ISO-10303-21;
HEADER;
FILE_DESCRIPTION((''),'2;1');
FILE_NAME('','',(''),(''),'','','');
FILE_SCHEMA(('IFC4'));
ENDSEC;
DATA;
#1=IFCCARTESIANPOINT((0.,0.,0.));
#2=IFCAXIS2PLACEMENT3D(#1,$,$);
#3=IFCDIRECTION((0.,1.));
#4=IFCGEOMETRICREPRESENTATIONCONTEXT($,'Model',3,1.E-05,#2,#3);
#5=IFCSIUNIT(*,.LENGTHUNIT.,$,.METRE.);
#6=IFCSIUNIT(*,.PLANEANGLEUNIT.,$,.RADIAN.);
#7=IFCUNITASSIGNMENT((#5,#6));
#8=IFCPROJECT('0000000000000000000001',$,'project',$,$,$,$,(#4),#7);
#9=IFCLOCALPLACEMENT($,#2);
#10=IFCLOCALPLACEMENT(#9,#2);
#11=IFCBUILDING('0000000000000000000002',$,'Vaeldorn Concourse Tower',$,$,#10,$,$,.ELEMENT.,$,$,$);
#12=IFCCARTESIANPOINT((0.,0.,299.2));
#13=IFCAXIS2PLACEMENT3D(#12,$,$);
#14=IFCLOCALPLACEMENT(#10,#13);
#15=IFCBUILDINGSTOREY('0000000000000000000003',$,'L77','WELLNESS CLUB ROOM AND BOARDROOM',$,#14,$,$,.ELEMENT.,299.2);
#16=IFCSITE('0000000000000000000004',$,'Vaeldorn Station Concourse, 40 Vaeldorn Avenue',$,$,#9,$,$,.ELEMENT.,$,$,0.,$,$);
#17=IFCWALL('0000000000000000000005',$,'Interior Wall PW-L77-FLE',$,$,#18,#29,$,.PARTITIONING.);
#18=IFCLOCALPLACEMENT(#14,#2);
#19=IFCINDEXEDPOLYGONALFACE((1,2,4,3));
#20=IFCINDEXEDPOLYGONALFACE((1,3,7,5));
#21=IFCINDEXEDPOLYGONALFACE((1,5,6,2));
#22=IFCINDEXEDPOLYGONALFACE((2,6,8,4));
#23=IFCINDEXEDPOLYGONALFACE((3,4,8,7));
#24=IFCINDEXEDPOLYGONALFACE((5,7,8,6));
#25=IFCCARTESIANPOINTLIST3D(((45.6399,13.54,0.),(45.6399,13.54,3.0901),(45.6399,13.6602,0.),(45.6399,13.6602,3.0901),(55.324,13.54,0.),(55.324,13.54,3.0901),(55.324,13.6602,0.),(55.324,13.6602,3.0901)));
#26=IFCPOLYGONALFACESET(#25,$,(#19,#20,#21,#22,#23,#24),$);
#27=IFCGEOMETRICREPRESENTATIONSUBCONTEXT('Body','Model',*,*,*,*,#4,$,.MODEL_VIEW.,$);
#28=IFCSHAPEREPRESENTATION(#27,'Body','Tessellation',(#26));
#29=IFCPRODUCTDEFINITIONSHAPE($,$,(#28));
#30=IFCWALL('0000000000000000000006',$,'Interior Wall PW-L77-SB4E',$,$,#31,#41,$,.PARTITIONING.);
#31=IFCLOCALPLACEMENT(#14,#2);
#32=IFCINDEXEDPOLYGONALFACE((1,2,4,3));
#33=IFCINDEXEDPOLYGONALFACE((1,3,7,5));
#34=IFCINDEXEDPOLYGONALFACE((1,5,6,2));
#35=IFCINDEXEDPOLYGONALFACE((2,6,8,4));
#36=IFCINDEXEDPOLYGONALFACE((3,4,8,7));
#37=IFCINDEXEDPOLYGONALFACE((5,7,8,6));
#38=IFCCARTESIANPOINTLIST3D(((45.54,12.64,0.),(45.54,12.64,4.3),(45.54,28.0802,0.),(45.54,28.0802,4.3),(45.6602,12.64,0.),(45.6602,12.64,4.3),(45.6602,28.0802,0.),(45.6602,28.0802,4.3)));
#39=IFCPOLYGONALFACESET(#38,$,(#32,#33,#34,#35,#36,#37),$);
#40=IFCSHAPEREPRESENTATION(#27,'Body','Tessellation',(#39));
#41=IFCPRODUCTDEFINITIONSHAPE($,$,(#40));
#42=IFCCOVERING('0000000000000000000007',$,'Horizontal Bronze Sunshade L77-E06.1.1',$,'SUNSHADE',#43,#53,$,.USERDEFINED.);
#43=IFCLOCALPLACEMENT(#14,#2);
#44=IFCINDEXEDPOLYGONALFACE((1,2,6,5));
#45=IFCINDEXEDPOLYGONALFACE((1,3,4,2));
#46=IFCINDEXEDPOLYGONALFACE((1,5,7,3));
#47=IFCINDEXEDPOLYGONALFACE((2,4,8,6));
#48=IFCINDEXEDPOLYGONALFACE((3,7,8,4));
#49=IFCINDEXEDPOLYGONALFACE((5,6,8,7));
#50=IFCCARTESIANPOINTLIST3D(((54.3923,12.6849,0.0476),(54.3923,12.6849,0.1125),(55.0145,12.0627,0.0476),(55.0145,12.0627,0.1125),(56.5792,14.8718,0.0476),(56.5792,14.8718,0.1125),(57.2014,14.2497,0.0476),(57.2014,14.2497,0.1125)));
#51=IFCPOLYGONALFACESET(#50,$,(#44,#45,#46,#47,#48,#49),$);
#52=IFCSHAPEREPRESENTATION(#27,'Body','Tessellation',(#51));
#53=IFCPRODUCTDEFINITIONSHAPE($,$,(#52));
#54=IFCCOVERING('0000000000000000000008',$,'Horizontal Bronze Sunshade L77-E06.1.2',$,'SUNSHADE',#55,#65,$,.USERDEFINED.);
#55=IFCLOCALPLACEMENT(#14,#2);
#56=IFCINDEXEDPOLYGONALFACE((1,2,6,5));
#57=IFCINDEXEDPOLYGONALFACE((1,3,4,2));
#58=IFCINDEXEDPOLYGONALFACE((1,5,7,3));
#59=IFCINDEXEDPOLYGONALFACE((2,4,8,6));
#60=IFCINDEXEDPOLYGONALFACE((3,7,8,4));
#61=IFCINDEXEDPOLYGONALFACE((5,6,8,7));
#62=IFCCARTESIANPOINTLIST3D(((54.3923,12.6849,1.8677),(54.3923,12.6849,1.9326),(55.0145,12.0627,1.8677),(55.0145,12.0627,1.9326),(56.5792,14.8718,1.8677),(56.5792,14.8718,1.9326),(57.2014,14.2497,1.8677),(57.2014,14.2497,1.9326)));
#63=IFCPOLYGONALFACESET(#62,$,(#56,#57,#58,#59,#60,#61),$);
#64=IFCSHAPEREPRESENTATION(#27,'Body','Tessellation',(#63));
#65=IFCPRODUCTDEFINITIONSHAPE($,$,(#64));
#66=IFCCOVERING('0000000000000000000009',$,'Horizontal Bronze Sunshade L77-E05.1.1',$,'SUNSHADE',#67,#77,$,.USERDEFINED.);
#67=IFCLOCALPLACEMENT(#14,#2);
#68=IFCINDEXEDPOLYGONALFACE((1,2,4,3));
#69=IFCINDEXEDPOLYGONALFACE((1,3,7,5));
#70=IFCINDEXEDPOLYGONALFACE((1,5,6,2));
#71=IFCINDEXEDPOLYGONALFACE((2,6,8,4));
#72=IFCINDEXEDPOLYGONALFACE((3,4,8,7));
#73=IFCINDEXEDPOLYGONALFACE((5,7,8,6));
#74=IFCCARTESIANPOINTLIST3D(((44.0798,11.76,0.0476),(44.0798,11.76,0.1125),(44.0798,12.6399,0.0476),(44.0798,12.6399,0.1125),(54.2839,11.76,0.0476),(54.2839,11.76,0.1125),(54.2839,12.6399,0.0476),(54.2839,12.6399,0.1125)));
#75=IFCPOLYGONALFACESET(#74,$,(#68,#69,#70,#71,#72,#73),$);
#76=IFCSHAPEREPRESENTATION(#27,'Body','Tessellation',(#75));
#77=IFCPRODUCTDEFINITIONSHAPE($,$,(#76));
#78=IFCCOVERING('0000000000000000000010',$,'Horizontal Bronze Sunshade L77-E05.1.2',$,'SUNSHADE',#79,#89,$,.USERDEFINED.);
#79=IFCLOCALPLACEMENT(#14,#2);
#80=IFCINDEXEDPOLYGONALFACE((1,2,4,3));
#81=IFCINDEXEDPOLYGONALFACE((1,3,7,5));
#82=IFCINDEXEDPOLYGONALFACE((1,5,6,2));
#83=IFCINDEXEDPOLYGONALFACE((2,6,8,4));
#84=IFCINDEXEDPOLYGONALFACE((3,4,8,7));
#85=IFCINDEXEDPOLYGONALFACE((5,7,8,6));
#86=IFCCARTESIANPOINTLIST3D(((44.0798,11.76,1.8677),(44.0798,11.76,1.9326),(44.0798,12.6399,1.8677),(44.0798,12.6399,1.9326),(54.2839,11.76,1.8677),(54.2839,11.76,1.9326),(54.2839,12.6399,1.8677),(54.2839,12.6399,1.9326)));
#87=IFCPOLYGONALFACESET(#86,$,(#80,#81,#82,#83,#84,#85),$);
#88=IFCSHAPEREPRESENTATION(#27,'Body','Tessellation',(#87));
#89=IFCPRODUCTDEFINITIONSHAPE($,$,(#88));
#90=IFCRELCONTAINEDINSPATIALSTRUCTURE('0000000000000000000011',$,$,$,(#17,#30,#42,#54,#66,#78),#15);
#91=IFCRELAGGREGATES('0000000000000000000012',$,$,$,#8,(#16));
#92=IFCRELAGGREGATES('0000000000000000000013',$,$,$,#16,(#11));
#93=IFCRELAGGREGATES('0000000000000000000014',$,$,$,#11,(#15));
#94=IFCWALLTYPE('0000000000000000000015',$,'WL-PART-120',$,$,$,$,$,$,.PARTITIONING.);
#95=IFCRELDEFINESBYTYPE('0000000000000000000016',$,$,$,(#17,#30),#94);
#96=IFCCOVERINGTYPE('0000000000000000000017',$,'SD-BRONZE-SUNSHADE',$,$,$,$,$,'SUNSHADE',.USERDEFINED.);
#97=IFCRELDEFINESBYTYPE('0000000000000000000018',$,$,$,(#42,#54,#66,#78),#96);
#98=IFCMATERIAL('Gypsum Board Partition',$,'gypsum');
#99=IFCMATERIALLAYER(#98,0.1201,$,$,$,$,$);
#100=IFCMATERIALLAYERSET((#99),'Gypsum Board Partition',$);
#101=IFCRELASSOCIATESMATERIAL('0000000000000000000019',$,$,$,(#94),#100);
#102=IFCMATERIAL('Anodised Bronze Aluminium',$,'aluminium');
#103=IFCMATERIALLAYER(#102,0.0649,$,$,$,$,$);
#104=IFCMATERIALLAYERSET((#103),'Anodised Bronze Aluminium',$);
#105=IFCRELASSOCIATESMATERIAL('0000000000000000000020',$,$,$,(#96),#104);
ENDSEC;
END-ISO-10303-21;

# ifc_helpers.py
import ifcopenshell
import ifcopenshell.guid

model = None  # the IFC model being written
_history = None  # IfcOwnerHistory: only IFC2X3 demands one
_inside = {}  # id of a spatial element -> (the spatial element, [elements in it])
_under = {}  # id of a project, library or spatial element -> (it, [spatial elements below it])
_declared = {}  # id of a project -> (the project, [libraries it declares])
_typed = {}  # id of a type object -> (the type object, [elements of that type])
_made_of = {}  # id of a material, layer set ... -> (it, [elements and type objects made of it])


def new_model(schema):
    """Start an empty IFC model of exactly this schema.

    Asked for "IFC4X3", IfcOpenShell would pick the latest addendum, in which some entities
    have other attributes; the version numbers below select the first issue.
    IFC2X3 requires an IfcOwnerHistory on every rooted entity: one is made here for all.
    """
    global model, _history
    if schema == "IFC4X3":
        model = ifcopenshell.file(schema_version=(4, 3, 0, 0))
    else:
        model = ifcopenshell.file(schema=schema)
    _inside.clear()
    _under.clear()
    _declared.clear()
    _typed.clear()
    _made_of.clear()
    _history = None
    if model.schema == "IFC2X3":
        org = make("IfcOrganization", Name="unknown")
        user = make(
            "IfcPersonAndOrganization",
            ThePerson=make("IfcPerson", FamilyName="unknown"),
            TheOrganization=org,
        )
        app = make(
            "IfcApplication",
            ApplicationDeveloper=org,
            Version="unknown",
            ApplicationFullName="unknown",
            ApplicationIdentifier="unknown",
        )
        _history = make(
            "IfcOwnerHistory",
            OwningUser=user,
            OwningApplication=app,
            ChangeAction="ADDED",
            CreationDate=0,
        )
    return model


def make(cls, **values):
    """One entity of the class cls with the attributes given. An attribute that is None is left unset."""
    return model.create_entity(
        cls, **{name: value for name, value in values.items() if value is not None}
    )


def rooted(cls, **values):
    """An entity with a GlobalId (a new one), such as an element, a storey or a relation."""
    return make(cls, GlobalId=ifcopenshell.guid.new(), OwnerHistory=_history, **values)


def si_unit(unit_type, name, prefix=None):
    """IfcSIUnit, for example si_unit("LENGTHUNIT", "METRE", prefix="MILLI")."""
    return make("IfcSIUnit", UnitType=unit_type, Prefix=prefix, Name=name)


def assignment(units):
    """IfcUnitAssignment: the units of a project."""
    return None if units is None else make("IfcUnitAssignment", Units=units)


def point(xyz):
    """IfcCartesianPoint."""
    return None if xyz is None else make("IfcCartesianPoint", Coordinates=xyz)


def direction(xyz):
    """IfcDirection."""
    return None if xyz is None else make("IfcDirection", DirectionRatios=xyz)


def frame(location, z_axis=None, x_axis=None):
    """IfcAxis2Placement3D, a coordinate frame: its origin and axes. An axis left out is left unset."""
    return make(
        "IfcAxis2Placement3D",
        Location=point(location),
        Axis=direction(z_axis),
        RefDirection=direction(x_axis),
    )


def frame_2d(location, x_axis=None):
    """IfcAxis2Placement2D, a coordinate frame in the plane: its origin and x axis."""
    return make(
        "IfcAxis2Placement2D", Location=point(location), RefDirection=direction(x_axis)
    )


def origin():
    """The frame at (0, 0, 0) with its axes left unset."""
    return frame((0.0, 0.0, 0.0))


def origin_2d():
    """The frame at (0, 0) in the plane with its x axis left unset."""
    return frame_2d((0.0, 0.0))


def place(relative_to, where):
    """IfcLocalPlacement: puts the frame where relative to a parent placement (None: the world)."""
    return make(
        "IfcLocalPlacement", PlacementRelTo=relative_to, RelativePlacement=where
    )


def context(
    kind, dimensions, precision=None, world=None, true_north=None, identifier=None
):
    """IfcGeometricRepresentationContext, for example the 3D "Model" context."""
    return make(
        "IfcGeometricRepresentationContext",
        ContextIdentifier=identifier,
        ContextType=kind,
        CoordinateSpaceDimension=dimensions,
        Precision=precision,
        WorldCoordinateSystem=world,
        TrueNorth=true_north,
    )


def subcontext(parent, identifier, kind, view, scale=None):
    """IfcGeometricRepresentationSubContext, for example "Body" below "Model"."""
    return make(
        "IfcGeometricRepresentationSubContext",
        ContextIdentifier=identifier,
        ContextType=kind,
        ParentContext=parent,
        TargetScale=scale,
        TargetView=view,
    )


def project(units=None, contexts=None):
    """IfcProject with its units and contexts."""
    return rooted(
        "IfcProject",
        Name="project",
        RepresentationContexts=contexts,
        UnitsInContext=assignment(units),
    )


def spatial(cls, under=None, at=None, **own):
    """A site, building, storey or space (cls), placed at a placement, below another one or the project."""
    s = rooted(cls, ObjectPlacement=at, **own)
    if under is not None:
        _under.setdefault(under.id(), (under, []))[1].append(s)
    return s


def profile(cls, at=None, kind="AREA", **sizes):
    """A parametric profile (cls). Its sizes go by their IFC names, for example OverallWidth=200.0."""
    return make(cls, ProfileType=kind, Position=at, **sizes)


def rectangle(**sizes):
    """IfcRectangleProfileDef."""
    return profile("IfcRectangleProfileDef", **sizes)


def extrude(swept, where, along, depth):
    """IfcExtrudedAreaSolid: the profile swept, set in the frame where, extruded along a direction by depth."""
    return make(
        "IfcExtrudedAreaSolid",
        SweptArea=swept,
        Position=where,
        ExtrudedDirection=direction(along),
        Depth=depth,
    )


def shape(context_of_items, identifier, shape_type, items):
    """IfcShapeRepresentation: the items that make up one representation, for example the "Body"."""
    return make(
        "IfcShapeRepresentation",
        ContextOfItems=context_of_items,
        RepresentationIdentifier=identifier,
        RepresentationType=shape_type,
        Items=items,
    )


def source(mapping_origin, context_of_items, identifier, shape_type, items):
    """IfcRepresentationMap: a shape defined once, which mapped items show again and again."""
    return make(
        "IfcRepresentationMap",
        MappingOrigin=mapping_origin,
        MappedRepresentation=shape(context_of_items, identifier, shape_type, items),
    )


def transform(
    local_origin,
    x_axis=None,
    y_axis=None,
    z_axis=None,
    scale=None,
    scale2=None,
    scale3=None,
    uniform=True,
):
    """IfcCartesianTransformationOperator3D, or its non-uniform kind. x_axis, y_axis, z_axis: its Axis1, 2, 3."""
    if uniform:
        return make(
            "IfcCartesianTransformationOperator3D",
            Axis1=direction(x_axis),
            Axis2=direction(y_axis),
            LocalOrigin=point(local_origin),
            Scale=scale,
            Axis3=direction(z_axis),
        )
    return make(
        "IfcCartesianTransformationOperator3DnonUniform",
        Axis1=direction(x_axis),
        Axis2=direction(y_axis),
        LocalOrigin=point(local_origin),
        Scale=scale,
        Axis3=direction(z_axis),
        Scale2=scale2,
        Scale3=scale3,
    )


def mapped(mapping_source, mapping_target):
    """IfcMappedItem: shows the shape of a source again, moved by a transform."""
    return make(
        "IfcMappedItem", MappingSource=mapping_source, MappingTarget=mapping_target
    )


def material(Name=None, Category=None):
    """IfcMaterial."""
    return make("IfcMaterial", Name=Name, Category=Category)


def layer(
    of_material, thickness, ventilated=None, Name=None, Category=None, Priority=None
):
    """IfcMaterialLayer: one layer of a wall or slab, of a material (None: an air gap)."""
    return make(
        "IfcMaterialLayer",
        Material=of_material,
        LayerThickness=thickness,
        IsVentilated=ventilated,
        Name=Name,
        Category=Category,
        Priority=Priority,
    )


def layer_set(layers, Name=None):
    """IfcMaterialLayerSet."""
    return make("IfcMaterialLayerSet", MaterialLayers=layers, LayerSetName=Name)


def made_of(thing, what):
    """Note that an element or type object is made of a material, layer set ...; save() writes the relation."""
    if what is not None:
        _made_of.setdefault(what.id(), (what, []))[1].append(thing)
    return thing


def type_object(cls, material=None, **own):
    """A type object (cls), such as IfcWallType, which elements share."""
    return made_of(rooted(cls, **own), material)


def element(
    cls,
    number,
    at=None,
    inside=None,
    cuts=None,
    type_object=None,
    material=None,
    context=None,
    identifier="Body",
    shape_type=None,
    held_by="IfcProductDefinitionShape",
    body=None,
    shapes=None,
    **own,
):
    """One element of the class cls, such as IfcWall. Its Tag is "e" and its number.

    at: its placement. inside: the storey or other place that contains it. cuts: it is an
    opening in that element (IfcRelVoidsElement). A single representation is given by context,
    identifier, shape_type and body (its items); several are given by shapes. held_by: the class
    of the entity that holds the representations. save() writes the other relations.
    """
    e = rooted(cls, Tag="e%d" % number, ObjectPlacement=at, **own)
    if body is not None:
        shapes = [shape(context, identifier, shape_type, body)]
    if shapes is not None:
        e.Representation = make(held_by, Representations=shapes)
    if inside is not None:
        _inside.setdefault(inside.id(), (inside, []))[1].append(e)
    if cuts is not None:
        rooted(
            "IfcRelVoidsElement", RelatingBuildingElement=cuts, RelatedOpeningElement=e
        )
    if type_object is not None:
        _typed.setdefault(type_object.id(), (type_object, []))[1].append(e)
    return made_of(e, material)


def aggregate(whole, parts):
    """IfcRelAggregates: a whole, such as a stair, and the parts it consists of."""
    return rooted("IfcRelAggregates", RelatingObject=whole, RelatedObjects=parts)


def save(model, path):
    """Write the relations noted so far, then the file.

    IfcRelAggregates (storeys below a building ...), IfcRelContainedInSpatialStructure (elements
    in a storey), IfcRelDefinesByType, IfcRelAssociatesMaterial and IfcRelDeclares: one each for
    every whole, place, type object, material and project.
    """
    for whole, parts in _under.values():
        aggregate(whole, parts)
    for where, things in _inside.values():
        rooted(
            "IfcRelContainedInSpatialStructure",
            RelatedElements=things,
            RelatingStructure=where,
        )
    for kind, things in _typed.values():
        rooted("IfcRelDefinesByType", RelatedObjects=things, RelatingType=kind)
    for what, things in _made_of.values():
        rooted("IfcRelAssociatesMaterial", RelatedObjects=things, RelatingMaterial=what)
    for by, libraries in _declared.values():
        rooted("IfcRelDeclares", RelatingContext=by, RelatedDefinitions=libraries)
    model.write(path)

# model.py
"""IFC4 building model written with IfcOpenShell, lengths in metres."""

from ifc_helpers import new_model, si_unit, direction, frame, frame_2d, origin, origin_2d, place, context, subcontext, project, spatial, rectangle, extrude, source, transform, mapped, material, layer, layer_set, type_object, element, save


model = new_model("IFC4")

# Units and contexts
model_context = context("Model", 3, precision=1e-05, world=origin(), true_north=direction((0.0, 1.0)))
body_context = subcontext(model_context, "Body", "Model", "MODEL_VIEW")
ifc_project = project(units=[si_unit("LENGTHUNIT", "METRE"), si_unit("PLANEANGLEUNIT", "RADIAN")], contexts=[model_context])

# Site, building, storey
site_placement = place(None, origin())
site = spatial("IfcSite", under=ifc_project, at=site_placement, Name="Vaeldorn Station Concourse, 40 Vaeldorn Avenue", CompositionType="ELEMENT", RefElevation=0.0)
building_placement = place(site_placement, origin())
building = spatial("IfcBuilding", under=site, at=building_placement, Name="Vaeldorn Concourse Tower", CompositionType="ELEMENT")
storey_placement = place(building_placement, frame((0.0, 0.0, 299.2)))
storey = spatial("IfcBuildingStorey", under=building, at=storey_placement, Name="L77", Description="WELLNESS CLUB ROOM AND BOARDROOM", CompositionType="ELEMENT", Elevation=299.2)

# Shared definitions
ifc_material_1 = material(Name="Anodised Bronze Aluminium", Category="aluminium")

# Walls
ifc_material_2 = material(Name="Gypsum Board Partition", Category="gypsum")
ifc_layer_1 = layer(ifc_material_2, 0.1201)
ifc_layer_set_1 = layer_set([ifc_layer_1], Name="Gypsum Board Partition")
wall_type = type_object("IfcWallType", Name="WL-PART-120", PredefinedType="PARTITIONING", material=ifc_layer_set_1)
wall_1_placement = place(storey_placement, frame((45.6399, 13.6001, 0.0), z_axis=(0.0, 0.0, 1.0), x_axis=(1.0, 0.0, 0.0)))
element("IfcWall", 1, at=wall_1_placement, inside=storey, type_object=wall_type, Name="Interior Wall PW-L77-FLE", PredefinedType="PARTITIONING", context=body_context, shape_type="SweptSolid", body=[
    extrude(rectangle(XDim=9.6841, YDim=0.1201, at=frame_2d((4.842, 0.0))), origin(), (0.0, 0.0, 1.0), 3.0901),
])
wall_2_placement = place(storey_placement, frame((45.6001, 12.6399, 0.0), z_axis=(0.0, 0.0, 1.0), x_axis=(0.0, 1.0, 0.0)))
element("IfcWall", 2, at=wall_2_placement, inside=storey, type_object=wall_type, Name="Interior Wall PW-L77-SB4E", PredefinedType="PARTITIONING", context=body_context, shape_type="SweptSolid", body=[
    extrude(rectangle(XDim=15.4402, YDim=0.1201, at=frame_2d((7.7202, 0.0))), origin(), (0.0, 0.0, 1.0), 4.3),
])

# Coverings
ifc_layer_2 = layer(ifc_material_1, 0.0649)
ifc_layer_set_2 = layer_set([ifc_layer_2], Name="Anodised Bronze Aluminium")
covering_type = type_object("IfcCoveringType", Name="SD-BRONZE-SUNSHADE", ElementType="SUNSHADE", PredefinedType="USERDEFINED", material=ifc_layer_set_2)
shared_shape_1 = source(origin(), body_context, "Body", "SweptSolid", [
    extrude(rectangle(XDim=3.0928, YDim=0.8799, at=origin_2d()), origin(), (0.0, 0.0, 1.0), 0.0649),
])
for number, where, z_axis, x_axis, name in (
    (3, (55.7969, 13.4673, 0.0476), (0.0, 0.0, 1.0), (0.707107, 0.707107, 0.0), "Horizontal Bronze Sunshade L77-E06.1.1"),
    (4, (55.7969, 13.4673, 1.8677), (0.0, 0.0, 1.0), (0.707107, 0.707107, 0.0), "Horizontal Bronze Sunshade L77-E06.1.2"),
):
    element("IfcCovering", number, at=place(storey_placement, frame(where, z_axis=z_axis, x_axis=x_axis)), inside=storey, type_object=covering_type, Name=name, ObjectType="SUNSHADE", PredefinedType="USERDEFINED", context=body_context, shape_type="MappedRepresentation", body=[
        mapped(shared_shape_1, transform((0.0, 0.0, 0.0), scale=1.0)),
    ])
shared_shape_2 = source(origin(), body_context, "Body", "SweptSolid", [
    extrude(rectangle(XDim=10.2041, YDim=0.8799, at=origin_2d()), origin(), (0.0, 0.0, 1.0), 0.0649),
])
for number, where, z_axis, x_axis, name in (
    (5, (49.1819, 12.2, 0.0476), (0.0, 0.0, 1.0), (1.0, 0.0, 0.0), "Horizontal Bronze Sunshade L77-E05.1.1"),
    (6, (49.1819, 12.2, 1.8677), (0.0, 0.0, 1.0), (1.0, 0.0, 0.0), "Horizontal Bronze Sunshade L77-E05.1.2"),
):
    element("IfcCovering", number, at=place(storey_placement, frame(where, z_axis=z_axis, x_axis=x_axis)), inside=storey, type_object=covering_type, Name=name, ObjectType="SUNSHADE", PredefinedType="USERDEFINED", context=body_context, shape_type="MappedRepresentation", body=[
        mapped(shared_shape_2, transform((0.0, 0.0, 0.0), scale=1.0)),
    ])

save(model, "model.ifc")
